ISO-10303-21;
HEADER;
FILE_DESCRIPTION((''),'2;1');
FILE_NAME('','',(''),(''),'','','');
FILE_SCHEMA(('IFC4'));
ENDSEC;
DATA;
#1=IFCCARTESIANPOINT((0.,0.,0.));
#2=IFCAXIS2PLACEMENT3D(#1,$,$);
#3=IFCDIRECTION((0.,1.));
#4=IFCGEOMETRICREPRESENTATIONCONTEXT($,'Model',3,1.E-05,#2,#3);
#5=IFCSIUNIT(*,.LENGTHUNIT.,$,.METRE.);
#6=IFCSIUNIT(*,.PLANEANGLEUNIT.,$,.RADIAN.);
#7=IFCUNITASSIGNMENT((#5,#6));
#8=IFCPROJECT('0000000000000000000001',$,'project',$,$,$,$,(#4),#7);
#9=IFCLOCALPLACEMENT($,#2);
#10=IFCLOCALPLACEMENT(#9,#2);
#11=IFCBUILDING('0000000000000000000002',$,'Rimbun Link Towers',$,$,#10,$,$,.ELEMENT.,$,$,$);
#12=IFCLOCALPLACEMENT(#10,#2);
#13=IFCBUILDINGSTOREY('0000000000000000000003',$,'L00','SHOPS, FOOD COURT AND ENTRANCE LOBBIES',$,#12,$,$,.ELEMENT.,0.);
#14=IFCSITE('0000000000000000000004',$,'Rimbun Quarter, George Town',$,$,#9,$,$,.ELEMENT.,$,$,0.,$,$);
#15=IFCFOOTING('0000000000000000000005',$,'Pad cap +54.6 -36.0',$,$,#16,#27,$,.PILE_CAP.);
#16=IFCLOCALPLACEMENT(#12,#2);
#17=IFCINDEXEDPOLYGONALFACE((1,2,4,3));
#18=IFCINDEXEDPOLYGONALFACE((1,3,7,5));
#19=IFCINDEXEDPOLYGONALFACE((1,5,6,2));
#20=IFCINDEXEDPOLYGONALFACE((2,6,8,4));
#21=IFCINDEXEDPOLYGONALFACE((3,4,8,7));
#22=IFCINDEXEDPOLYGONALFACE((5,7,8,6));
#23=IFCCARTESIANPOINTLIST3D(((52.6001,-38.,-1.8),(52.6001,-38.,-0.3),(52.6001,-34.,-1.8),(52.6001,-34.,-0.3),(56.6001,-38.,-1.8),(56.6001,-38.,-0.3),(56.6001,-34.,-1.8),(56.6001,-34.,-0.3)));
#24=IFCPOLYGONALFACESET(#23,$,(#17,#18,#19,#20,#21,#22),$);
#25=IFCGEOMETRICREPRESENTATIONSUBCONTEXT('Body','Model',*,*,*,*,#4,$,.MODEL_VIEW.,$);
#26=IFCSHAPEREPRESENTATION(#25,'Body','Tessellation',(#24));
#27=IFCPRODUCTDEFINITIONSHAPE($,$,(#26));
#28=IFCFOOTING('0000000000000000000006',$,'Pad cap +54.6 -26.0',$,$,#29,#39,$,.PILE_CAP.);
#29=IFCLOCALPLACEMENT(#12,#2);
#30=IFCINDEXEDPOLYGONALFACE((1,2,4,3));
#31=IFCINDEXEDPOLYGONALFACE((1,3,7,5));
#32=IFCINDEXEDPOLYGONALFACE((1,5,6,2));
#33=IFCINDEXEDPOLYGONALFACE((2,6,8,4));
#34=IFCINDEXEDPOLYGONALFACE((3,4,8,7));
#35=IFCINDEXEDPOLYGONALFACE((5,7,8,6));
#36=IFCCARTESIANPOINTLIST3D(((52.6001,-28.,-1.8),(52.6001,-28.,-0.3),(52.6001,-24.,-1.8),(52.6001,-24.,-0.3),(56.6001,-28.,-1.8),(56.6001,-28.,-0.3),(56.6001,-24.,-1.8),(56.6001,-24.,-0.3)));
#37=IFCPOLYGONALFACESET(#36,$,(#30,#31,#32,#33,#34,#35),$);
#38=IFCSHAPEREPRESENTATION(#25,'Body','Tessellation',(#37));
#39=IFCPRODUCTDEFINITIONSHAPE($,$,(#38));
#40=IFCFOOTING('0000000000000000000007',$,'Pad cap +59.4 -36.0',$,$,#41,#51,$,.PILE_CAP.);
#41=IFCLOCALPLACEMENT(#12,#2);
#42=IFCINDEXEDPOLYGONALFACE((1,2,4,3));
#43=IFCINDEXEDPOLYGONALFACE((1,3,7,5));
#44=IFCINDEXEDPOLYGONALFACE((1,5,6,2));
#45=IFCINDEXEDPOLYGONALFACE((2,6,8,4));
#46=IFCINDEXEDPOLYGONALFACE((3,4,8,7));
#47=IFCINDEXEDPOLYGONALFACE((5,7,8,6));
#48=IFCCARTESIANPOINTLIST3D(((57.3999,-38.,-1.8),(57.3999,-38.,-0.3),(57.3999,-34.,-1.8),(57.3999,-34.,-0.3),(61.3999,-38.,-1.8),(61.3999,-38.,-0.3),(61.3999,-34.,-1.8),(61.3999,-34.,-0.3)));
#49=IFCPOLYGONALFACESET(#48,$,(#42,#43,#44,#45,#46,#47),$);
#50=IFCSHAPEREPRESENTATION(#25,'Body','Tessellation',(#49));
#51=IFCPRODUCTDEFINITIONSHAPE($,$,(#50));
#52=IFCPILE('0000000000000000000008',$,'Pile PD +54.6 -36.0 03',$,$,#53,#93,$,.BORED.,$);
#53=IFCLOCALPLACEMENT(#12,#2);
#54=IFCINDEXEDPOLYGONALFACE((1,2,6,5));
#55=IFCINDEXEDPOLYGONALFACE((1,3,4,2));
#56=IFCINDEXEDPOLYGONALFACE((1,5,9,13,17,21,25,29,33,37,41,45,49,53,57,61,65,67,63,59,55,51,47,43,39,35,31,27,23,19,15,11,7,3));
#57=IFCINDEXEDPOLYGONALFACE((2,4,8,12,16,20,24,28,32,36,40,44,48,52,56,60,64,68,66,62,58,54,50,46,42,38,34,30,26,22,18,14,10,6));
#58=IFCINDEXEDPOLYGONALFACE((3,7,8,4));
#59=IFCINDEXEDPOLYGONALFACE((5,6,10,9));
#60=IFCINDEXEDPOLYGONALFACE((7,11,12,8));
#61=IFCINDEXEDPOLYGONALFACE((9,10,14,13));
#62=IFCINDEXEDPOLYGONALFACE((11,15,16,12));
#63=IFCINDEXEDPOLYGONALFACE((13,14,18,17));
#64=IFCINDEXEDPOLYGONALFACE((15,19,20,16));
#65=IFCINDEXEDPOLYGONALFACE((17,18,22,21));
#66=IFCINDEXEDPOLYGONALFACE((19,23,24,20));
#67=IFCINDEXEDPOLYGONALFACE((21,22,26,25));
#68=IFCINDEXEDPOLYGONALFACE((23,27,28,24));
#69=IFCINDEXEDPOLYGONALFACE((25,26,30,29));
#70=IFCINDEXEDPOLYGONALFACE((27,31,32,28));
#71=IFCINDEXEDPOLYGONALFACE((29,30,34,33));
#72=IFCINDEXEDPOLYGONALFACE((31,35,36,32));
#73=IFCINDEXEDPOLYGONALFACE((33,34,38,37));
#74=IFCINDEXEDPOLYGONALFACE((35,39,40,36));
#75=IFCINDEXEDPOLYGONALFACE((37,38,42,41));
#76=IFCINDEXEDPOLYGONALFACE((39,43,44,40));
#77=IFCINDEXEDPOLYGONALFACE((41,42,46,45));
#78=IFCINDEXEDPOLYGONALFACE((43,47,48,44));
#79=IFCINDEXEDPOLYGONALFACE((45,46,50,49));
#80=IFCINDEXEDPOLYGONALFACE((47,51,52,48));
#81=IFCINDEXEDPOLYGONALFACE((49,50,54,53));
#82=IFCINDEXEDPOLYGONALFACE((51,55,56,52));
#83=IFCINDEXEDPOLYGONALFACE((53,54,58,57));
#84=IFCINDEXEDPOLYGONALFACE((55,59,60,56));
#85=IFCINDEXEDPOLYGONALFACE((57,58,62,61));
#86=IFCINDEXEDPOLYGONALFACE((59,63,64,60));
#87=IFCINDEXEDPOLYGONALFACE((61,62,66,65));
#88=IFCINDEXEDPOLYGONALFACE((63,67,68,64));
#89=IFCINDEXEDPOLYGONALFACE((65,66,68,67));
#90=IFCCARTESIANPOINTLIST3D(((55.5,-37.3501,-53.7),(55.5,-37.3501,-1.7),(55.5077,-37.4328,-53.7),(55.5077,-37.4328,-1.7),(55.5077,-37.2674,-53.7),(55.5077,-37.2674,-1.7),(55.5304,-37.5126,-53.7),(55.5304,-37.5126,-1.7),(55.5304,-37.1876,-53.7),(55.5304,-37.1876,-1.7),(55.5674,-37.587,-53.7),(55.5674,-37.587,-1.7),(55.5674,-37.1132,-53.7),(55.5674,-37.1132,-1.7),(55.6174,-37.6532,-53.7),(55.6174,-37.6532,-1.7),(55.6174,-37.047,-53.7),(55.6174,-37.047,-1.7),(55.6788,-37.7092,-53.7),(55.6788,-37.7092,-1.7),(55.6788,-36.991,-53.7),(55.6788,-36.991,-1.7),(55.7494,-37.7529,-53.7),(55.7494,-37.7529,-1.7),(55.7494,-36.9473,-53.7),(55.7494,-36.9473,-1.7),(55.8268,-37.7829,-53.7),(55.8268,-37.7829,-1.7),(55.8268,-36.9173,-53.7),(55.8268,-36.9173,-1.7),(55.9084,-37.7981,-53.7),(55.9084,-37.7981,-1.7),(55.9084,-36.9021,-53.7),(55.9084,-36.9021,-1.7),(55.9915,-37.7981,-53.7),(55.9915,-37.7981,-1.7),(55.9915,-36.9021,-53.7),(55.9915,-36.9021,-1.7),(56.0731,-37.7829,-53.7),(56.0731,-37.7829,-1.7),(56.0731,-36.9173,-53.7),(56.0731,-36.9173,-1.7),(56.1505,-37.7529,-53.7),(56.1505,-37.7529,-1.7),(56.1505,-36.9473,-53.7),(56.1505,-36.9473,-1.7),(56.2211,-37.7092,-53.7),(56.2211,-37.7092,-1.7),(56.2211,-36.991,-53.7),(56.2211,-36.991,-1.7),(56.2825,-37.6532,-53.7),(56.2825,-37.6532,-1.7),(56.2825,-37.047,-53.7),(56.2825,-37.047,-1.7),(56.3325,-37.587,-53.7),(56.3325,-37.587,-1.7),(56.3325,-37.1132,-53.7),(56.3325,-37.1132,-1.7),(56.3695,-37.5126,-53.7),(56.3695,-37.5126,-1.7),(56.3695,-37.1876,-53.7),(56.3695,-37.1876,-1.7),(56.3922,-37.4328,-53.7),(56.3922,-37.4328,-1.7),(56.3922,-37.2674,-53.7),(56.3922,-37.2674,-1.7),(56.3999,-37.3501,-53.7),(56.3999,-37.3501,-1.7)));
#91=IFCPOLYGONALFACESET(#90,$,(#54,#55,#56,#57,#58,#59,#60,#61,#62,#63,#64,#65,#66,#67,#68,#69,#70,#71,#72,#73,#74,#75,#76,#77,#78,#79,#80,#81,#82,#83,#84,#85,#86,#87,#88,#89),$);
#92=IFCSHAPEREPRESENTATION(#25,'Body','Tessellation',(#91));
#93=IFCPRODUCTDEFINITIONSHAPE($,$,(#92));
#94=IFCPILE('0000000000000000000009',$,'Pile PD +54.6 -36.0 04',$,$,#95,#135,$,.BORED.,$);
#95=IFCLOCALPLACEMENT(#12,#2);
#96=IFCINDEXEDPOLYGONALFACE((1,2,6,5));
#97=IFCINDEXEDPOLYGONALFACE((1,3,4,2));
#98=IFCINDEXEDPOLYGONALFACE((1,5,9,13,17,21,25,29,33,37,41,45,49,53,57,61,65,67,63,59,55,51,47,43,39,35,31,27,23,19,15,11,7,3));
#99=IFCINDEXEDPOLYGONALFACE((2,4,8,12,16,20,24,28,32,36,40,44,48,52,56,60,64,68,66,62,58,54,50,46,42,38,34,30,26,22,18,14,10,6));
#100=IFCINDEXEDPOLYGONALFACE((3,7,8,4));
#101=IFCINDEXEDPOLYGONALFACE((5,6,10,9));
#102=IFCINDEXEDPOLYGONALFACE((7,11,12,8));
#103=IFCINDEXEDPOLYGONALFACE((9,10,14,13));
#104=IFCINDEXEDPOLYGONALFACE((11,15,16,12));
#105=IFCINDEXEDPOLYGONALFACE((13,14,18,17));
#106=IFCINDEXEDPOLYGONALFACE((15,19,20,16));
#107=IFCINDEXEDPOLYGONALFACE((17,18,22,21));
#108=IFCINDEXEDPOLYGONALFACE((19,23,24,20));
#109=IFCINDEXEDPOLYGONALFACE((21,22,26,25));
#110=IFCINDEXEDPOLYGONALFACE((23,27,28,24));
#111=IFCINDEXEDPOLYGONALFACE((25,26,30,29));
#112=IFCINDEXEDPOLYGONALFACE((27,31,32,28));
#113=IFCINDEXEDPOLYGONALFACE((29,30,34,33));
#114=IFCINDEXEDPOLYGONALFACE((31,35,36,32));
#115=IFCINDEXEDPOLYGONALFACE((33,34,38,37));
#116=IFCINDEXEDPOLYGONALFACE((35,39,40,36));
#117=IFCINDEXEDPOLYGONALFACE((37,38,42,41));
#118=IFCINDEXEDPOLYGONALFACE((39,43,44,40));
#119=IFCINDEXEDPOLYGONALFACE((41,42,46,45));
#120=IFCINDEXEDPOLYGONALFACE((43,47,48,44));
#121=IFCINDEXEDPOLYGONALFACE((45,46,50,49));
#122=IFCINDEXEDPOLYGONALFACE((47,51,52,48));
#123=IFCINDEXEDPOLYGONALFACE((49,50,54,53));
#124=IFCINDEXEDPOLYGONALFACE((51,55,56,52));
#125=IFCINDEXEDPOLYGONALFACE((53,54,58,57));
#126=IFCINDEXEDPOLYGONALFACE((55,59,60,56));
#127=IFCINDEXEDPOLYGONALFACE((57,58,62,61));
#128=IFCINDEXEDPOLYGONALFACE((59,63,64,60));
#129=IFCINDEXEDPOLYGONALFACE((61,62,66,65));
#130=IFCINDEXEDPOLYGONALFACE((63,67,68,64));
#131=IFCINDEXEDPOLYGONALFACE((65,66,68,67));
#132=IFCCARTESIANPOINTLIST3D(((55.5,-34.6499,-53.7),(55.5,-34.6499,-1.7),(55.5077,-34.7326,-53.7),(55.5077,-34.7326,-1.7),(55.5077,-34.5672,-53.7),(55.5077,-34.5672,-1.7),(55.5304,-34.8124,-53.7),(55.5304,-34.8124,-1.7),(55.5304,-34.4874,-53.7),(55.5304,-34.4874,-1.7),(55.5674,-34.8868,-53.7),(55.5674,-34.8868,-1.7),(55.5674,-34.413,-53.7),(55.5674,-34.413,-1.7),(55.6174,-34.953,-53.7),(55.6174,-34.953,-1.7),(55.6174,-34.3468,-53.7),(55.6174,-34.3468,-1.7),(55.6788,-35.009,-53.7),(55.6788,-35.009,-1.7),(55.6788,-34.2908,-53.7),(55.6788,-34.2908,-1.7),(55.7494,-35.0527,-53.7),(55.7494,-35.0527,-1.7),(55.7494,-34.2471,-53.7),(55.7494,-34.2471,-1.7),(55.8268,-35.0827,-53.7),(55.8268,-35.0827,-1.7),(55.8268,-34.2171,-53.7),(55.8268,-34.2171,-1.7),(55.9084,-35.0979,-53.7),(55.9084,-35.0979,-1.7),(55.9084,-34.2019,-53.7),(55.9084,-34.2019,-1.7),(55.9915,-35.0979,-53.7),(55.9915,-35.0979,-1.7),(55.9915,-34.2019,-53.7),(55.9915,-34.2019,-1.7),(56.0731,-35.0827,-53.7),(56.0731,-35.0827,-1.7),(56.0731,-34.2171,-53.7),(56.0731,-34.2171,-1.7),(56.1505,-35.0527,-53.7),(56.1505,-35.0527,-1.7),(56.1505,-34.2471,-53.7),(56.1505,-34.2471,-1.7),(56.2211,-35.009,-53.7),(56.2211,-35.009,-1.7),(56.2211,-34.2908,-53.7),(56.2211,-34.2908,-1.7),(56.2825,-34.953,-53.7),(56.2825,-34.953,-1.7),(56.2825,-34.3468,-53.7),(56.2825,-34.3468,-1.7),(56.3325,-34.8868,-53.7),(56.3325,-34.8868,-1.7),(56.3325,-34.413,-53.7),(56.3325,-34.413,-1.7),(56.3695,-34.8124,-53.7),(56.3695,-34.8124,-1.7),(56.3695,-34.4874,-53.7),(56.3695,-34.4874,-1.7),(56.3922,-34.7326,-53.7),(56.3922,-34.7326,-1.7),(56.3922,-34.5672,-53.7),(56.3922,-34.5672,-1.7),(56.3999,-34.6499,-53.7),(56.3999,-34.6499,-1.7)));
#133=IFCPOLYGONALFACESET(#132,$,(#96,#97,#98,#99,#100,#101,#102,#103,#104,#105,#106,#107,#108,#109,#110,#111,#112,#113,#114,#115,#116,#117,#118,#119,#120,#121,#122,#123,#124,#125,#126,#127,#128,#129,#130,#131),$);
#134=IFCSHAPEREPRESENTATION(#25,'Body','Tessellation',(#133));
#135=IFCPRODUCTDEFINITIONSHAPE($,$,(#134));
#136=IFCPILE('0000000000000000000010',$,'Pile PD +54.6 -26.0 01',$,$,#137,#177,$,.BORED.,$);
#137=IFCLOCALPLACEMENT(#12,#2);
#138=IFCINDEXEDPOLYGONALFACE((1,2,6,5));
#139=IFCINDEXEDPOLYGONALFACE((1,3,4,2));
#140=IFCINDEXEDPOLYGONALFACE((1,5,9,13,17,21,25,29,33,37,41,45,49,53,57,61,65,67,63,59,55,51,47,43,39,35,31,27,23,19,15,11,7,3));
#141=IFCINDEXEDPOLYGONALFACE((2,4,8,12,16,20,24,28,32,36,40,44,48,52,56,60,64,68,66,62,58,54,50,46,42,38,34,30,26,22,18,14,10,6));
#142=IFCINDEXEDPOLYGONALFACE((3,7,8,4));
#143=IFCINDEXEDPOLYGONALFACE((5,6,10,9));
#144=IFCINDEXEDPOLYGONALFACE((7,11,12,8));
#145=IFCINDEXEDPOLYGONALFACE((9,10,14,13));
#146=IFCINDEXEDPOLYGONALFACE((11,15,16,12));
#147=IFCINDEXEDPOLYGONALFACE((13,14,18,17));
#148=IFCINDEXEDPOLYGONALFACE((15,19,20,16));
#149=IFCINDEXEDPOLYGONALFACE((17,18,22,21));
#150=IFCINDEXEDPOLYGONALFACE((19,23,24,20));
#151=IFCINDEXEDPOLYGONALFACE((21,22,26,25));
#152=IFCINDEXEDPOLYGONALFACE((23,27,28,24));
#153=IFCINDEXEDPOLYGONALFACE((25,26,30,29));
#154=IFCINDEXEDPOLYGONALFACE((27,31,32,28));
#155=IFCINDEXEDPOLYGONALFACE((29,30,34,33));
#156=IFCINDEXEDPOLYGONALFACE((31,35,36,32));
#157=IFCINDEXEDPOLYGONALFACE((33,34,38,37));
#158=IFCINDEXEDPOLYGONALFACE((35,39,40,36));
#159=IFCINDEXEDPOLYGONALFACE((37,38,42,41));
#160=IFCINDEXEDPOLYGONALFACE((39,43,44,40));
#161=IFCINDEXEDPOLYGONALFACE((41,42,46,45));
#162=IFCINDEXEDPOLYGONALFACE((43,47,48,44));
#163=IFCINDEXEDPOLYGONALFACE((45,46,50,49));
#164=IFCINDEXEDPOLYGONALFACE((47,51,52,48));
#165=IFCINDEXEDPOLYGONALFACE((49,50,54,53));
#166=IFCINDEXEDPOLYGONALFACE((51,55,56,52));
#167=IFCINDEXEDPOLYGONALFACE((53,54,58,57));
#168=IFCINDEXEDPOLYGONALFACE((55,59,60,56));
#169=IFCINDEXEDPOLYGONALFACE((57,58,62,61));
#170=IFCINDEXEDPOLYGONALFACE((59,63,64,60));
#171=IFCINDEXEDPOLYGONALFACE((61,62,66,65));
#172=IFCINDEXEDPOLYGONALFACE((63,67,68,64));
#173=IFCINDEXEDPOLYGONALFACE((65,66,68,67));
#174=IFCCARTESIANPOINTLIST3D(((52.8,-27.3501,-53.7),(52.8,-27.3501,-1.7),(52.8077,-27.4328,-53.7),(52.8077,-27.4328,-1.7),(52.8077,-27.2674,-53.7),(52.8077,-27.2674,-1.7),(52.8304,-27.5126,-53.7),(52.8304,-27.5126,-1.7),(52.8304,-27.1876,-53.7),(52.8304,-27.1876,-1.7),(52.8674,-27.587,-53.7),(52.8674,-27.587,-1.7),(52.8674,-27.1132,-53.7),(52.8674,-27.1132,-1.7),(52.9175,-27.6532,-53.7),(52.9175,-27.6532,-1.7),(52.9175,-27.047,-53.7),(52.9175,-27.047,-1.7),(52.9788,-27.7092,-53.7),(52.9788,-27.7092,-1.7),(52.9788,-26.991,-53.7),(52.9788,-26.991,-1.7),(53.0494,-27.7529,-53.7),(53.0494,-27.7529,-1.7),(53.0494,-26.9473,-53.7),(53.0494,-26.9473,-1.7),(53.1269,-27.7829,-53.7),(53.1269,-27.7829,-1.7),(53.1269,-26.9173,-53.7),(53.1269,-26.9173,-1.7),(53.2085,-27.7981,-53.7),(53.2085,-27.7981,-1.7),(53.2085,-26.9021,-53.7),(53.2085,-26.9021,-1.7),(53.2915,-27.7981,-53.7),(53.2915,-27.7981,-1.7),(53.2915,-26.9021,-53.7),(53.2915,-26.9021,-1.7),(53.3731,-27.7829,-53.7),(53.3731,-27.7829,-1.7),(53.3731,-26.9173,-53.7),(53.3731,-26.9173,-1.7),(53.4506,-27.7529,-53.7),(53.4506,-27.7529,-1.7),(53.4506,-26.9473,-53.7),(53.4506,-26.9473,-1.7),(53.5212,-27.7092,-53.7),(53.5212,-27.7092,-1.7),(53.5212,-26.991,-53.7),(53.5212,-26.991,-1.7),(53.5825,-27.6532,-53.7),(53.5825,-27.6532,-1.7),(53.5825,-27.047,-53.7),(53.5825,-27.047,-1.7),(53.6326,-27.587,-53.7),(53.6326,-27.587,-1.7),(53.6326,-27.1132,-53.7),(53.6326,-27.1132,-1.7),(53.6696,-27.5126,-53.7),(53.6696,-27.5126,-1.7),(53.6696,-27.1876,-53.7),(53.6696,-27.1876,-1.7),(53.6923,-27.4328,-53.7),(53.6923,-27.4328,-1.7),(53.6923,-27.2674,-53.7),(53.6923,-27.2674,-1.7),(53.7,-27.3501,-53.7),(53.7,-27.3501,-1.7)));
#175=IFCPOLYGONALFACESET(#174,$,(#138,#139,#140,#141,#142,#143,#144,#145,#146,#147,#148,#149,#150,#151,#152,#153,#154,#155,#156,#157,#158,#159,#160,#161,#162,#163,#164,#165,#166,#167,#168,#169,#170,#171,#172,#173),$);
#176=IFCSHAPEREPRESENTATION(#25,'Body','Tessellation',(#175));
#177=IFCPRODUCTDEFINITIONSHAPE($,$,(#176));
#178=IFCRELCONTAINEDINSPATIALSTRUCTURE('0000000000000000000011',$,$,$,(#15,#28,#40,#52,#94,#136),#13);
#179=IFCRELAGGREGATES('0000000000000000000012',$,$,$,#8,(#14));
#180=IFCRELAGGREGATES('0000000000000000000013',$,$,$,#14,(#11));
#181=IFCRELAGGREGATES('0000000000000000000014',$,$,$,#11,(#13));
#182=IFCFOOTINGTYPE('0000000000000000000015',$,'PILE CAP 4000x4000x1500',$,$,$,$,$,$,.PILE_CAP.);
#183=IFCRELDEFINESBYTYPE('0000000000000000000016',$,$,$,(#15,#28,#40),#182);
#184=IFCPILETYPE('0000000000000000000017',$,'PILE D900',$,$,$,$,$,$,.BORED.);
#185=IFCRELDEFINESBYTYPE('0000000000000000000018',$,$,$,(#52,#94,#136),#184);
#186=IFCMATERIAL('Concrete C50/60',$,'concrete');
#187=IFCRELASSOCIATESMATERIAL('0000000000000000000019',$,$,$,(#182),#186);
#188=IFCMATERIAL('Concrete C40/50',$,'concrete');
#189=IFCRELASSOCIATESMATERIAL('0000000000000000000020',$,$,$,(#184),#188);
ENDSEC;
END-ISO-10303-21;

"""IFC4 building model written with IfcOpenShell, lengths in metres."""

from ifc_helpers import new_model, si_unit, direction, frame, origin, origin_2d, place, context, subcontext, project, spatial, rectangle, circle, extrude, material, material_profile, profile_set, type_object, element, save


model = new_model("IFC4")

# Units and contexts
model_context = context("Model", 3, precision=1e-05, world=origin(), true_north=direction((0.0, 1.0)))
body_context = subcontext(model_context, "Body", "Model", "MODEL_VIEW")
ifc_project = project(units=[si_unit("LENGTHUNIT", "METRE"), si_unit("PLANEANGLEUNIT", "RADIAN")], contexts=[model_context])

# Site, building, storey
site_placement = place(None, origin())
site = spatial("IfcSite", under=ifc_project, at=site_placement, Name="Rimbun Quarter, George Town", CompositionType="ELEMENT", RefElevation=0.0)
building_placement = place(site_placement, origin())
building = spatial("IfcBuilding", under=site, at=building_placement, Name="Rimbun Link Towers", CompositionType="ELEMENT")
storey_placement = place(building_placement, origin())
storey = spatial("IfcBuildingStorey", under=building, at=storey_placement, Name="L00", Description="SHOPS, FOOD COURT AND ENTRANCE LOBBIES", CompositionType="ELEMENT", Elevation=0.0)

# Footings
ifc_material_1 = material(Name="Concrete C50/60", Category="concrete")
footing_type = type_object("IfcFootingType", Name="PILE CAP 4000x4000x1500", PredefinedType="PILE_CAP", material=ifc_material_1)
for number, where, z_axis, x_axis, name in (
    (1, (54.6001, -36.0, -1.8), (0.0, 0.0, 1.0), (1.0, 0.0, 0.0), "Pad cap +54.6 -36.0"),
    (2, (54.6001, -26.0, -1.8), (0.0, 0.0, 1.0), (1.0, 0.0, 0.0), "Pad cap +54.6 -26.0"),
    (3, (59.3999, -36.0, -1.8), (0.0, 0.0, 1.0), (1.0, 0.0, 0.0), "Pad cap +59.4 -36.0"),
):
    element("IfcFooting", number, at=place(storey_placement, frame(where, z_axis=z_axis, x_axis=x_axis)), inside=storey, type_object=footing_type, Name=name, PredefinedType="PILE_CAP", context=body_context, shape_type="SweptSolid", body=[
        extrude(rectangle(XDim=4.0, YDim=4.0, at=origin_2d()), origin(), (0.0, 0.0, 1.0), 1.5),
    ])

# Piles
ifc_material_2 = material(Name="Concrete C40/50", Category="concrete")
ifc_material_profile_1 = material_profile(ifc_material_2, circle(Radius=0.45, at=origin_2d()), Name="PILE D900")
ifc_profile_set_1 = profile_set([ifc_material_profile_1], Name="Concrete C40/50")
pile_type = type_object("IfcPileType", Name="PILE D900", PredefinedType="BORED", material=ifc_profile_set_1)
for number, where, z_axis, x_axis, name in (
    (4, (55.95, -37.3501, -1.7), (0.0, 0.0, -1.0), (1.0, 0.0, 0.0), "Pile PD +54.6 -36.0 03"),
    (5, (55.95, -34.6499, -1.7), (0.0, 0.0, -1.0), (1.0, 0.0, 0.0), "Pile PD +54.6 -36.0 04"),
    (6, (53.25, -27.3501, -1.7), (0.0, 0.0, -1.0), (1.0, 0.0, 0.0), "Pile PD +54.6 -26.0 01"),
):
    element("IfcPile", number, at=place(storey_placement, frame(where, z_axis=z_axis, x_axis=x_axis)), inside=storey, type_object=pile_type, Name=name, PredefinedType="BORED", context=body_context, shape_type="SweptSolid", body=[
        extrude(circle(Radius=0.45, at=origin_2d()), origin(), (0.0, 0.0, 1.0), 52.0),
    ])

save(model, "model.ifc")
